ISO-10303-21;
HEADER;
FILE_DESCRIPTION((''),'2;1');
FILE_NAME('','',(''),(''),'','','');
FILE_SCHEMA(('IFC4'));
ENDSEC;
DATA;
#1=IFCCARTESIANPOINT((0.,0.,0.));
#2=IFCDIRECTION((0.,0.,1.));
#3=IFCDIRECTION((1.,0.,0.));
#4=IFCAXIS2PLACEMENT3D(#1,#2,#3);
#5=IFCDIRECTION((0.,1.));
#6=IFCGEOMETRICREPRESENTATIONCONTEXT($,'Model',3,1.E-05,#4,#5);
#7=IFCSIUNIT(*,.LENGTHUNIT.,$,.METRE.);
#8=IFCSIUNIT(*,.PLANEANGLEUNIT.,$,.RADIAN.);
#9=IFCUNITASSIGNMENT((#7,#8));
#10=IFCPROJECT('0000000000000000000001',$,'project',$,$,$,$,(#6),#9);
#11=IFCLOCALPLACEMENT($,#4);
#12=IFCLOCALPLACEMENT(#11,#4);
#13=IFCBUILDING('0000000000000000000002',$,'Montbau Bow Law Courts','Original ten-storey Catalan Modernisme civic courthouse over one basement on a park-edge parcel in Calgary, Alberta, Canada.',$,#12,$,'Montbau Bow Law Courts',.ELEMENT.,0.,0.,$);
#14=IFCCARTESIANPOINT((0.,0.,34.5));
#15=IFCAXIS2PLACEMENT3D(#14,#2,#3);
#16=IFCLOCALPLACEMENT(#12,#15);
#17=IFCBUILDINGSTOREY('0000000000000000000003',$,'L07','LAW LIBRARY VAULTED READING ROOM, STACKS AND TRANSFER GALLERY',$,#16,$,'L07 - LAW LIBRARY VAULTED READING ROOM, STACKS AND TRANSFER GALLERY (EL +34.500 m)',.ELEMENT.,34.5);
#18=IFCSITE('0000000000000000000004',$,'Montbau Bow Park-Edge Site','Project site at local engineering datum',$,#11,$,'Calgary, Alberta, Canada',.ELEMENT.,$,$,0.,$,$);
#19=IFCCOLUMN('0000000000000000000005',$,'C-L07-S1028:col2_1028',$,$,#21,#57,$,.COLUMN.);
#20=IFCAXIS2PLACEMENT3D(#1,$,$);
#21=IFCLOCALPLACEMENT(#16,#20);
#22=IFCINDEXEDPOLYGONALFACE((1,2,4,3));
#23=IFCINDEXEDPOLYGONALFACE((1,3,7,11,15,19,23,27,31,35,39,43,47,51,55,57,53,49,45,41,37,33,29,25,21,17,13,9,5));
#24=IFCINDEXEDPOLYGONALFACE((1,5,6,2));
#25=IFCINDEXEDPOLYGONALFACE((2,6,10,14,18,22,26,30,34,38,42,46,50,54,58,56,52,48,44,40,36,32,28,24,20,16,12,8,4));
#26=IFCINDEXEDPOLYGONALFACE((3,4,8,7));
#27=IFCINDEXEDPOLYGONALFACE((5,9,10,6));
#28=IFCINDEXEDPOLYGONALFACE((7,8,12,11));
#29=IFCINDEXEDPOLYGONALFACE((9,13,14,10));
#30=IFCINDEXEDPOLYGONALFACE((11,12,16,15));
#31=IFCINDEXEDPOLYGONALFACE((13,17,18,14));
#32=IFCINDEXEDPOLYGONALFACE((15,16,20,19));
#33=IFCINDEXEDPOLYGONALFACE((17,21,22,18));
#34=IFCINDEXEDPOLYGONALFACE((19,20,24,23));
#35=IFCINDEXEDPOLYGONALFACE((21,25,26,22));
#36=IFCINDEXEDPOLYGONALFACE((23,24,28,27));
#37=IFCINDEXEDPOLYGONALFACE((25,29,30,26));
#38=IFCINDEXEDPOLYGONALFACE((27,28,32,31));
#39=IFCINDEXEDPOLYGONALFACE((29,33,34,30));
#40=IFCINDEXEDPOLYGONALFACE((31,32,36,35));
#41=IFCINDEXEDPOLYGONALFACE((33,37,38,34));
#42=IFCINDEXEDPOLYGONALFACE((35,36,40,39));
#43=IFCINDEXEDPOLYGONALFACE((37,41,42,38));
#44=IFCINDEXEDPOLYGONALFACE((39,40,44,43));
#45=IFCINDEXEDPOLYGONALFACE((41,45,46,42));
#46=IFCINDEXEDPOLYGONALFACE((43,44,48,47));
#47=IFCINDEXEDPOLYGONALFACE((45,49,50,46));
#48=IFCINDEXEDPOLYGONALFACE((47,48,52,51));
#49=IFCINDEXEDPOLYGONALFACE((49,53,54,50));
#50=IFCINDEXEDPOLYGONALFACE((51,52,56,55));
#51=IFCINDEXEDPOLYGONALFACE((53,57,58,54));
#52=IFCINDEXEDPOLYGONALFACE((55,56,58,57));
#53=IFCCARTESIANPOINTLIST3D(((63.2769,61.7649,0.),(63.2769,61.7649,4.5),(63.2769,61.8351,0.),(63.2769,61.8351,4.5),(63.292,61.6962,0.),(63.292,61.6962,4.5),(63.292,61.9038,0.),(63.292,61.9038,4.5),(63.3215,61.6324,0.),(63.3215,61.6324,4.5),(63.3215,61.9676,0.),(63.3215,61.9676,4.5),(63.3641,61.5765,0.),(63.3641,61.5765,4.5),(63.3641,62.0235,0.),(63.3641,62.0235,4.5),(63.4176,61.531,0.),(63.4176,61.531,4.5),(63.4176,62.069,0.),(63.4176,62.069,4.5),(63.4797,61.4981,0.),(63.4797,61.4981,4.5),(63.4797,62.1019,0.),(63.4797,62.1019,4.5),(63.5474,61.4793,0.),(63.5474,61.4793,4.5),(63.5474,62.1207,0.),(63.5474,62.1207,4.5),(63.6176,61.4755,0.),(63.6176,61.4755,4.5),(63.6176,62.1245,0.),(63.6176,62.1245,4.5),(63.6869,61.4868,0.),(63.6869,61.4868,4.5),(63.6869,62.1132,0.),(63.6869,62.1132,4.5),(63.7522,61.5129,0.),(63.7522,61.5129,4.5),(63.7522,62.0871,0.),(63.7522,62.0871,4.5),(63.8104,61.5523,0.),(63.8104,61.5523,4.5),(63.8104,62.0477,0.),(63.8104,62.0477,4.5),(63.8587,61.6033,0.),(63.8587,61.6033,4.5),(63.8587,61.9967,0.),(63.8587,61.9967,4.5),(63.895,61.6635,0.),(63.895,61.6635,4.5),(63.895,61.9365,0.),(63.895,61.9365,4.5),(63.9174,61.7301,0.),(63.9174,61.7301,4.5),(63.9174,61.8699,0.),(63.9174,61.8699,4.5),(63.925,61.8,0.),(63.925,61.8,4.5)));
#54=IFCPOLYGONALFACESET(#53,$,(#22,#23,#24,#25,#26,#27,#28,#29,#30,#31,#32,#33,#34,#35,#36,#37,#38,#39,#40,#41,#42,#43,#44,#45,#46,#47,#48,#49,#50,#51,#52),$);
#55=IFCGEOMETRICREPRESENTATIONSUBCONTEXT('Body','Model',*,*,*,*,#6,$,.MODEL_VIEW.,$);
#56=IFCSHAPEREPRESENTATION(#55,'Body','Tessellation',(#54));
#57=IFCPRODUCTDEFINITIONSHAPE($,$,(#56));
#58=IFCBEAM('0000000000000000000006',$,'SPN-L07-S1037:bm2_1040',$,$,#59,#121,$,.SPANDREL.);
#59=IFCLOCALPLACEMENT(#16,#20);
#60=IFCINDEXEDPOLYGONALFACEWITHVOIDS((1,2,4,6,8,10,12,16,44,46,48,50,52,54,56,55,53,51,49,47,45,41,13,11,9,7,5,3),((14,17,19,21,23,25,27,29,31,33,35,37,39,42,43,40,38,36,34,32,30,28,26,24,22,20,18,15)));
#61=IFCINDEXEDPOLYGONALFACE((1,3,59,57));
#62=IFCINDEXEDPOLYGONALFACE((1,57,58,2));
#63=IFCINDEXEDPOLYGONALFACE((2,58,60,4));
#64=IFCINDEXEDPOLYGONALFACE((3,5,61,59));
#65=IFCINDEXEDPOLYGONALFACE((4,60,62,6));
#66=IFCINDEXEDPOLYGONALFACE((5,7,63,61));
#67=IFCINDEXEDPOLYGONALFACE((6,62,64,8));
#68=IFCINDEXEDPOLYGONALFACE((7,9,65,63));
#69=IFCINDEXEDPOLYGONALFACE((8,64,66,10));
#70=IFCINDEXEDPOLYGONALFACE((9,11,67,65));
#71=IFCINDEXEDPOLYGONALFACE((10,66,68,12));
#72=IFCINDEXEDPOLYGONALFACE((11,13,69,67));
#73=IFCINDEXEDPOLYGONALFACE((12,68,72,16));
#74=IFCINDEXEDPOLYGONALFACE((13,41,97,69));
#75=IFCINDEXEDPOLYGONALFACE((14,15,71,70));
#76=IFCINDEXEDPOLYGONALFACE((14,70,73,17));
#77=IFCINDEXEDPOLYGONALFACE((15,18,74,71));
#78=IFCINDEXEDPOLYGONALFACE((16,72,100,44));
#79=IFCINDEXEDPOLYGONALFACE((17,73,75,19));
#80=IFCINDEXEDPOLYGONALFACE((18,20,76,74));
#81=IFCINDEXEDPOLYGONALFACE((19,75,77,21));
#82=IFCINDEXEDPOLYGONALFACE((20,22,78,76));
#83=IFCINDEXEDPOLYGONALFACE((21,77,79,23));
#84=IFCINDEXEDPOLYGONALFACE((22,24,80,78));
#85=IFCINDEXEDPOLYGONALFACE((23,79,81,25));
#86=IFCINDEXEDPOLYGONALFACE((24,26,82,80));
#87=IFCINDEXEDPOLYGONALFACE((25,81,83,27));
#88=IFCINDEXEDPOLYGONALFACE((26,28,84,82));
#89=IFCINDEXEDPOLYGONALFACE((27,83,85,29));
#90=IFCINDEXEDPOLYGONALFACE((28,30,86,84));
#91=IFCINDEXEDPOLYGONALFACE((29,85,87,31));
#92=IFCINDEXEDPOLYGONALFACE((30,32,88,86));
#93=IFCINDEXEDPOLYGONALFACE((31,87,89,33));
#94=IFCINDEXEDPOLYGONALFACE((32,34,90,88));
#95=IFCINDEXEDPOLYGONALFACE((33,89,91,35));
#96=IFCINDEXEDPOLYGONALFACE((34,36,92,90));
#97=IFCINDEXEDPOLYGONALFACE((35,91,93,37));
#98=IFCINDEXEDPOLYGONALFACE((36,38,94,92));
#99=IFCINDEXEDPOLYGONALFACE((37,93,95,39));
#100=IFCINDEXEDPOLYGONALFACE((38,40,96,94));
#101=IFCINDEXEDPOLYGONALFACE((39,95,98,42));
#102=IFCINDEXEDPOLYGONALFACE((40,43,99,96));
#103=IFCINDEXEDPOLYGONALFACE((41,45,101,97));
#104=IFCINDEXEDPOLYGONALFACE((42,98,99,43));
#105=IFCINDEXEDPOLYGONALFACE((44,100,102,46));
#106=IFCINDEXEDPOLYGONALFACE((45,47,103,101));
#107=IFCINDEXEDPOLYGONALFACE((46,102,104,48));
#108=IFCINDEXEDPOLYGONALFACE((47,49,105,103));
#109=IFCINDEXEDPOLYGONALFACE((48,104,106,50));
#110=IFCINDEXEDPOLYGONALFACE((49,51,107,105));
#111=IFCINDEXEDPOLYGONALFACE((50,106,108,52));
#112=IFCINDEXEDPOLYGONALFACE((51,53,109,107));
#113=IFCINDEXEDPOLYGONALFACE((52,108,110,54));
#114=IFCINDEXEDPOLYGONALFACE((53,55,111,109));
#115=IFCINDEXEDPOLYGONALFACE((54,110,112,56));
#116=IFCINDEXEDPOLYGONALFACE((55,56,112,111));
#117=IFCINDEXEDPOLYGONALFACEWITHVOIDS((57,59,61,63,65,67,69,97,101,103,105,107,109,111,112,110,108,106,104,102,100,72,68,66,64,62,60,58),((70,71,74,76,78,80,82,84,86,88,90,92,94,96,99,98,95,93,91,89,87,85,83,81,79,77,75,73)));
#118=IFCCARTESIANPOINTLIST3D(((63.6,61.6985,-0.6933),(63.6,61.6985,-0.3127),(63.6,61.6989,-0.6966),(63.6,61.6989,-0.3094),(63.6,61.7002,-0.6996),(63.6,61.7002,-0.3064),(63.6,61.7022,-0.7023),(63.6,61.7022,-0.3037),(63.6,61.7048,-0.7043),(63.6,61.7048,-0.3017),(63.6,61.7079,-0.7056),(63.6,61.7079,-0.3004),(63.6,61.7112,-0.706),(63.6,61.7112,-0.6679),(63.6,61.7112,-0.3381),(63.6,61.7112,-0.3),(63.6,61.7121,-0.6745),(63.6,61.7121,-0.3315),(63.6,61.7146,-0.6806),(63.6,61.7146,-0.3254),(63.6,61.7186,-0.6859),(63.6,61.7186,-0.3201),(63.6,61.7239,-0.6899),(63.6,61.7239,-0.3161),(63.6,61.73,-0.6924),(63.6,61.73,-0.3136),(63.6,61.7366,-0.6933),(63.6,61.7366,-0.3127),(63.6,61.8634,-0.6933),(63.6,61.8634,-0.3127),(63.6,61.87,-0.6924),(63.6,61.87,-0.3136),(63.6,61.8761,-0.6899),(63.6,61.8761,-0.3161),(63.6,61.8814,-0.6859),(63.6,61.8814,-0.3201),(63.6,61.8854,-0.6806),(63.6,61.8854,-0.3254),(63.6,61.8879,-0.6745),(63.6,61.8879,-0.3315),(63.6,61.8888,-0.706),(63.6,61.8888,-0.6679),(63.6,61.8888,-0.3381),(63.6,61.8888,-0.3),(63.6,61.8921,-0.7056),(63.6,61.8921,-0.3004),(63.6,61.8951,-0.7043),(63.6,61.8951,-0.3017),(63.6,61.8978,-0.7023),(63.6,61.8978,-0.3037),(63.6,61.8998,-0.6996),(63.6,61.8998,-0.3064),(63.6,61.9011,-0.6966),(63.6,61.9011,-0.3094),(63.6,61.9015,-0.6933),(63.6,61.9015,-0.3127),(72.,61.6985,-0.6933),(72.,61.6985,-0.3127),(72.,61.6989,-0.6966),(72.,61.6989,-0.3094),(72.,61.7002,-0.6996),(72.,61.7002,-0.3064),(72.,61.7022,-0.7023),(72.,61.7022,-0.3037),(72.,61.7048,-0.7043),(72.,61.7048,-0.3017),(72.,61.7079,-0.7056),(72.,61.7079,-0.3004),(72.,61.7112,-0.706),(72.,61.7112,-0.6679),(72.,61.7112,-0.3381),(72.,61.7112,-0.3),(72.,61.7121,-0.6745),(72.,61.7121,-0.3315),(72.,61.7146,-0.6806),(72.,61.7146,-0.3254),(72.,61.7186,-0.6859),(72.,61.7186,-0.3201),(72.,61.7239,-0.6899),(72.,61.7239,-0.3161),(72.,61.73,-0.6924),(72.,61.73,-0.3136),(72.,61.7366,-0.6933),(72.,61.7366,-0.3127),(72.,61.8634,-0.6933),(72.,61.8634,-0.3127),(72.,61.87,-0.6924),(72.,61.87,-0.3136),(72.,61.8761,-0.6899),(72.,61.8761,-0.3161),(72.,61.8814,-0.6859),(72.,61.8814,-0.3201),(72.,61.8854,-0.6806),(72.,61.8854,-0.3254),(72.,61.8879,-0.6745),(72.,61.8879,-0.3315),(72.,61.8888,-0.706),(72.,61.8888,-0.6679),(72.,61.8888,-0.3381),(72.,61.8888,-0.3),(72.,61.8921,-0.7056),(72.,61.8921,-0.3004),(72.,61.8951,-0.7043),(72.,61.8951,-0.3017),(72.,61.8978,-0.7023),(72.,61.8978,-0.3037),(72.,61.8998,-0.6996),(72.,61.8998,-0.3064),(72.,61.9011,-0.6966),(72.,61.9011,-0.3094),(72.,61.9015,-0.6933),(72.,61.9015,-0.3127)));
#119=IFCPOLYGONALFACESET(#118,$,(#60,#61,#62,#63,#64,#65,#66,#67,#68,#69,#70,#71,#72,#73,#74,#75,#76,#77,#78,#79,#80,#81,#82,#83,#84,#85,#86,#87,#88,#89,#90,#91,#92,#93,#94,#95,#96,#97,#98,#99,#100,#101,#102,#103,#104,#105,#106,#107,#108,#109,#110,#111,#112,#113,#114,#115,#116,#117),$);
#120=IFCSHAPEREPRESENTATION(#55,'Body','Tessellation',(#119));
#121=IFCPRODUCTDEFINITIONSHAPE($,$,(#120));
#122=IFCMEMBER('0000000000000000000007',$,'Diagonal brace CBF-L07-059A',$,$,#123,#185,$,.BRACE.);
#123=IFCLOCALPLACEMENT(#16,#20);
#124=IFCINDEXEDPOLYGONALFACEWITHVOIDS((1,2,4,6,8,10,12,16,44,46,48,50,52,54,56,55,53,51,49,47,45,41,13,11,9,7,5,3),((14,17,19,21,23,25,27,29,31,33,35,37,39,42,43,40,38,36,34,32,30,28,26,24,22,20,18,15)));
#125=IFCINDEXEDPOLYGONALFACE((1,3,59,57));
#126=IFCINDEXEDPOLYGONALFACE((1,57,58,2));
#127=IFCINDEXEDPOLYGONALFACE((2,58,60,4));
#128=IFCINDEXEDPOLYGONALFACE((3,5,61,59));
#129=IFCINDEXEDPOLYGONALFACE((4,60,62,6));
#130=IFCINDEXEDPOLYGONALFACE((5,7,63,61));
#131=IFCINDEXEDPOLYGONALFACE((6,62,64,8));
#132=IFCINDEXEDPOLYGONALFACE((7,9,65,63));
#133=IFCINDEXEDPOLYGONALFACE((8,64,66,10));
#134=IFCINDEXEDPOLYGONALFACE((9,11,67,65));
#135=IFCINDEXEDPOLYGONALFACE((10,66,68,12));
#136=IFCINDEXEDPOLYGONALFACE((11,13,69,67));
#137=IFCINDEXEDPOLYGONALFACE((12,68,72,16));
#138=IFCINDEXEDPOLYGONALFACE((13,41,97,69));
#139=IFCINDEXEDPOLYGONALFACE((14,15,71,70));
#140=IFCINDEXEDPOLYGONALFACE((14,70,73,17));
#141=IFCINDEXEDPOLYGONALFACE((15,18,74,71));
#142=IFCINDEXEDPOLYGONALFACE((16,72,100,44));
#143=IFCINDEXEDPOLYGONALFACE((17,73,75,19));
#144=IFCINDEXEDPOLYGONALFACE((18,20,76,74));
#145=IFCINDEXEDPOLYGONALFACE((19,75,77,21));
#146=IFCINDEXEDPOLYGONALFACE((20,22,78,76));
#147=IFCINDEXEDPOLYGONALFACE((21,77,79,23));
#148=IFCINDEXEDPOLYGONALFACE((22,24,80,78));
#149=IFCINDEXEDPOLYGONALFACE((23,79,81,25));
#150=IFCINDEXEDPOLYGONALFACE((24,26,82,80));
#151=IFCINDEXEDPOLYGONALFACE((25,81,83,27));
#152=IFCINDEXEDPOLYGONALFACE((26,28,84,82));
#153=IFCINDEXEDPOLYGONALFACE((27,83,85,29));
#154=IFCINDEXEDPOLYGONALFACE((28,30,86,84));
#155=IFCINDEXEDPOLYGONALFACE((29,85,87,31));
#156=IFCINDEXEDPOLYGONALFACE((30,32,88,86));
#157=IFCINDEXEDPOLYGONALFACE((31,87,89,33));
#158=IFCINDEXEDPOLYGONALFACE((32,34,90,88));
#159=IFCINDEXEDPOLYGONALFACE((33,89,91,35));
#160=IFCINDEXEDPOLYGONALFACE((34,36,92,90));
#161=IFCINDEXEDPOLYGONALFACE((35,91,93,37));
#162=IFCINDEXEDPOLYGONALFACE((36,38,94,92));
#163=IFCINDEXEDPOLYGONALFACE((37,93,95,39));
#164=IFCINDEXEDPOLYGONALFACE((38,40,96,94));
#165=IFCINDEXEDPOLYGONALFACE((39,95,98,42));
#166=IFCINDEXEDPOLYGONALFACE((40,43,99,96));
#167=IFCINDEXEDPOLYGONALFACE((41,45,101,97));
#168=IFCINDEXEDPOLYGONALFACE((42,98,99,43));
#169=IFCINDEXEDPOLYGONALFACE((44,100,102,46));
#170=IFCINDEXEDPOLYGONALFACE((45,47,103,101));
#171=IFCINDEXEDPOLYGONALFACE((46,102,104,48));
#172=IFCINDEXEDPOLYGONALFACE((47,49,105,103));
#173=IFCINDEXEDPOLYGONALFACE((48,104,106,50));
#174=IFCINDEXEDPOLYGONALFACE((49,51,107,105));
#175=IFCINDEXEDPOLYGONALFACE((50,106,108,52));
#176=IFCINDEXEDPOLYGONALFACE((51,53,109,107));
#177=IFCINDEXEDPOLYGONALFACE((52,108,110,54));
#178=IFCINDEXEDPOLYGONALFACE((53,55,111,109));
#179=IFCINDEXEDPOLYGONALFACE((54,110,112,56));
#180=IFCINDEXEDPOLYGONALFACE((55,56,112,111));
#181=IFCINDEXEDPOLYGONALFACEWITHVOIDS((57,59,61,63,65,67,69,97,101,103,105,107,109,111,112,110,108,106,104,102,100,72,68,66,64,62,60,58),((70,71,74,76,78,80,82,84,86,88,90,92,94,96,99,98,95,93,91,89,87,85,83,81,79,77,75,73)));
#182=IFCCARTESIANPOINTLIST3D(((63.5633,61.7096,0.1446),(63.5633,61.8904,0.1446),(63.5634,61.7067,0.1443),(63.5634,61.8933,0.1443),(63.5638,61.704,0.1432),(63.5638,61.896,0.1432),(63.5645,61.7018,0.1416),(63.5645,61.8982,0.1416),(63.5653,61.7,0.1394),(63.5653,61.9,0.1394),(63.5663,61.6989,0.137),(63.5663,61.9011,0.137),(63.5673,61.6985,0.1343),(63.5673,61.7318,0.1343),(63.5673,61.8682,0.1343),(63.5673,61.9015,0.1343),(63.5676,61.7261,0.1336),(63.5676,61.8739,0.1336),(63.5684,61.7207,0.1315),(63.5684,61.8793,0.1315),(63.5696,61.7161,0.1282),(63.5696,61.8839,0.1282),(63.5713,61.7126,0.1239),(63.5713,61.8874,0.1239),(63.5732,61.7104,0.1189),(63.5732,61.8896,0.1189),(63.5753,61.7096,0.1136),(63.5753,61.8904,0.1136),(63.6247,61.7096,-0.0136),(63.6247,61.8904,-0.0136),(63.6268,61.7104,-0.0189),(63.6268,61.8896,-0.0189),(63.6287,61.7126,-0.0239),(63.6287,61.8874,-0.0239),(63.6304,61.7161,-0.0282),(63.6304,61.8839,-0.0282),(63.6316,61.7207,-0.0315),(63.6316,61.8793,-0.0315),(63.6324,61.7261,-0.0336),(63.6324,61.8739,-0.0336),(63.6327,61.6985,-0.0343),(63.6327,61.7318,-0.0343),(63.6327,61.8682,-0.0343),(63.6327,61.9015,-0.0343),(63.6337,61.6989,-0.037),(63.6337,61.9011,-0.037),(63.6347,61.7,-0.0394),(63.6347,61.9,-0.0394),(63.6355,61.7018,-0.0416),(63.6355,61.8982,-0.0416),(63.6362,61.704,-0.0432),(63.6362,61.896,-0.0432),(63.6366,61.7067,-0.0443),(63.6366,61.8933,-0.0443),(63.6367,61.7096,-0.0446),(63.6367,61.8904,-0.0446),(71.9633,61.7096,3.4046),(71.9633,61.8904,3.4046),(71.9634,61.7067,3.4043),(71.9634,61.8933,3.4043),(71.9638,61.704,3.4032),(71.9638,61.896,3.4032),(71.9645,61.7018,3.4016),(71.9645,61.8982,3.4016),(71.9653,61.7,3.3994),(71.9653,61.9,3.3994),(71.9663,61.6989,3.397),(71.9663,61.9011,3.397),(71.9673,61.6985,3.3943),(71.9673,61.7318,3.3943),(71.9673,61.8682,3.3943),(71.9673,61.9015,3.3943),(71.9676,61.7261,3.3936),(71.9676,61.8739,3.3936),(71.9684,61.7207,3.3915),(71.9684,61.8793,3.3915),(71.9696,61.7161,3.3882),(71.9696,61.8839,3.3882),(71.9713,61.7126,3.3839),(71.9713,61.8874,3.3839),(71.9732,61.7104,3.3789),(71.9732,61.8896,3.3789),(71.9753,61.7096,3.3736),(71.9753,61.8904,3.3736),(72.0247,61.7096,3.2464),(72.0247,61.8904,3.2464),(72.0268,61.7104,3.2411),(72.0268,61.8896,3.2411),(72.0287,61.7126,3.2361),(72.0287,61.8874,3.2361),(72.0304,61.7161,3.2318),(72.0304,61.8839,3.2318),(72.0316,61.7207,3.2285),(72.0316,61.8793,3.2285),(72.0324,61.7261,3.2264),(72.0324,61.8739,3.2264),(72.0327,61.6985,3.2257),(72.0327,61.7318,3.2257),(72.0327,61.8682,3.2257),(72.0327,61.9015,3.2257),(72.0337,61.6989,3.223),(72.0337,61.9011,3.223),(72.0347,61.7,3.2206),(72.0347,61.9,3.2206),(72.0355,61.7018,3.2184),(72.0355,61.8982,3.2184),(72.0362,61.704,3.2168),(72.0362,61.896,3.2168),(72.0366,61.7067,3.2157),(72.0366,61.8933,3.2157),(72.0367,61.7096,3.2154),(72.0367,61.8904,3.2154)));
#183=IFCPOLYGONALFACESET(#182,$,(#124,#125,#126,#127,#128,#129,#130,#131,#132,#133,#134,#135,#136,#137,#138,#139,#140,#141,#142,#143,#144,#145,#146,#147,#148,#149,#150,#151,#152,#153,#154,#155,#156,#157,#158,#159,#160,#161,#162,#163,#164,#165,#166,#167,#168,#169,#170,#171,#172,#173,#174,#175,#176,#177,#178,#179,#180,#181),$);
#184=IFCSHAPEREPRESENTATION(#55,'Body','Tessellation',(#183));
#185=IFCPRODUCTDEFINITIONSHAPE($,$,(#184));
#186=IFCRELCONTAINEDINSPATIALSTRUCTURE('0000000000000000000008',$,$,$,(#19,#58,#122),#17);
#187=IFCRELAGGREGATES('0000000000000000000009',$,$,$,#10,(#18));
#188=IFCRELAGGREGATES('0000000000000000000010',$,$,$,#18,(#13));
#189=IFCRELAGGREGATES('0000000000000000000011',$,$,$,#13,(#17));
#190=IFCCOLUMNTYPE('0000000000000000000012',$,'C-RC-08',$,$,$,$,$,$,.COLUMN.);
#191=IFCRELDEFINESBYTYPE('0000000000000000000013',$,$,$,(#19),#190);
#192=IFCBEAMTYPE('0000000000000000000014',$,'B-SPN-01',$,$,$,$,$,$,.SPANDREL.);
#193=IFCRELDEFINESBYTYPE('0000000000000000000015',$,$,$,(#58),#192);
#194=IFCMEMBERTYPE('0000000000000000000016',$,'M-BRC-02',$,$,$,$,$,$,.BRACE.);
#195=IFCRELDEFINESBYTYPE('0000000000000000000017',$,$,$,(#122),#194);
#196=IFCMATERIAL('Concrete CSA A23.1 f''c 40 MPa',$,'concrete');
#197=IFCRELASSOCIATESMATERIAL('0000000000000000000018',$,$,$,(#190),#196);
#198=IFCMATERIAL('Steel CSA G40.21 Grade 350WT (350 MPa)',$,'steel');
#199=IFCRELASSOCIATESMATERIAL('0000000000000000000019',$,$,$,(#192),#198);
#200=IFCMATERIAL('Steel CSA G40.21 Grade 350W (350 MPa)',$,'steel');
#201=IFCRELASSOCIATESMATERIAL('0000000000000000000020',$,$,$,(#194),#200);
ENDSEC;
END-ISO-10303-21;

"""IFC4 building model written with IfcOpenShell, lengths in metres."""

from ifc_helpers import new_model, si_unit, direction, frame, origin_with_axes, origin_2d_with_axis, place, context, subcontext, project, spatial, hollow_rectangle, circle, extrude, material, material_profile, profile_set, type_object, element, save


model = new_model("IFC4")

# Units and contexts
model_context = context("Model", 3, precision=1e-05, world=origin_with_axes(), true_north=direction((0.0, 1.0)))
body_context = subcontext(model_context, "Body", "Model", "MODEL_VIEW")
ifc_project = project(units=[si_unit("LENGTHUNIT", "METRE"), si_unit("PLANEANGLEUNIT", "RADIAN")], contexts=[model_context])

# Site, building, storey
site_placement = place(None, origin_with_axes())
site = spatial("IfcSite", under=ifc_project, at=site_placement, Name="Montbau Bow Park-Edge Site", Description="Project site at local engineering datum", LongName="Calgary, Alberta, Canada", CompositionType="ELEMENT", RefElevation=0.0)
building_placement = place(site_placement, origin_with_axes())
building = spatial("IfcBuilding", under=site, at=building_placement, Name="Montbau Bow Law Courts", Description="Original ten-storey Catalan Modernisme civic courthouse over one basement on a park-edge parcel in Calgary, Alberta, Canada.", LongName="Montbau Bow Law Courts", CompositionType="ELEMENT", ElevationOfRefHeight=0.0, ElevationOfTerrain=0.0)
storey_placement = place(building_placement, frame((0.0, 0.0, 34.5), z_axis=(0.0, 0.0, 1.0), x_axis=(1.0, 0.0, 0.0)))
storey = spatial("IfcBuildingStorey", under=building, at=storey_placement, Name="L07", Description="LAW LIBRARY VAULTED READING ROOM, STACKS AND TRANSFER GALLERY", LongName="L07 - LAW LIBRARY VAULTED READING ROOM, STACKS AND TRANSFER GALLERY (EL +34.500 m)", CompositionType="ELEMENT", Elevation=34.5)

# Column
ifc_material_1 = material(Name="Concrete CSA A23.1 f'c 40 MPa", Category="concrete")
ifc_material_profile_1 = material_profile(ifc_material_1, circle(Radius=0.325, at=origin_2d_with_axis()), Name="RC650D", Category="Main", Priority=0)
ifc_profile_set_1 = profile_set([ifc_material_profile_1], Name="Concrete CSA A23.1 f'c 40 MPa")
column_type = type_object("IfcColumnType", Name="C-RC-08", PredefinedType="COLUMN", material=ifc_profile_set_1)
column_placement = place(None, frame((63.6, 61.8, 34.5), z_axis=(0.0, 0.0, 1.0), x_axis=(1.0, 0.0, 0.0)))
element("IfcColumn", 1, at=column_placement, inside=storey, type_object=column_type, Name="C-L07-S1028:col2_1028", PredefinedType="COLUMN", context=body_context, shape_type="SweptSolid", body=[
    extrude(circle(Radius=0.325, at=origin_2d_with_axis()), origin_with_axes(), (0.0, 0.0, 1.0), 4.5),
])

# Beam
ifc_material_2 = material(Name="Steel CSA G40.21 Grade 350WT (350 MPa)", Category="steel")
ifc_material_profile_2 = material_profile(ifc_material_2, hollow_rectangle(XDim=0.203, YDim=0.406, WallThickness=0.0127, InnerFilletRadius=0.0254, OuterFilletRadius=0.0127, at=origin_2d_with_axis()), Name="HSS406X203X13", Category="Main", Priority=0)
ifc_profile_set_2 = profile_set([ifc_material_profile_2], Name="Steel CSA G40.21 Grade 350WT (350 MPa)")
beam_type = type_object("IfcBeamType", Name="B-SPN-01", PredefinedType="SPANDREL", material=ifc_profile_set_2)
beam_placement = place(None, frame((63.6, 61.8, 33.997), z_axis=(1.0, 0.0, 0.0), x_axis=(0.0, 1.0, 0.0)))
element("IfcBeam", 2, at=beam_placement, inside=storey, type_object=beam_type, Name="SPN-L07-S1037:bm2_1040", PredefinedType="SPANDREL", context=body_context, shape_type="SweptSolid", body=[
    extrude(hollow_rectangle(XDim=0.203, YDim=0.406, WallThickness=0.0127, InnerFilletRadius=0.0254, OuterFilletRadius=0.0127, at=origin_2d_with_axis()), origin_with_axes(), (0.0, 0.0, 1.0), 8.4),
])

# Member
ifc_material_3 = material(Name="Steel CSA G40.21 Grade 350W (350 MPa)", Category="steel")
ifc_material_profile_3 = material_profile(ifc_material_3, hollow_rectangle(XDim=0.203, YDim=0.203, WallThickness=0.0111, InnerFilletRadius=0.0222, OuterFilletRadius=0.0111, at=origin_2d_with_axis()), Name="HSS203X203X11", Category="Main", Priority=0)
ifc_profile_set_3 = profile_set([ifc_material_profile_3], Name="Steel CSA G40.21 Grade 350W (350 MPa)")
member_type_1 = type_object("IfcMemberType", Name="M-BRC-02", PredefinedType="BRACE", material=ifc_profile_set_3)
member_1_placement = place(None, frame((63.6, 61.8, 34.55), z_axis=(0.932254, 0.0, 0.361803), x_axis=(0.0, 1.0, 0.0)))
element("IfcMember", 3, at=member_1_placement, inside=storey, type_object=member_type_1, Name="Diagonal brace CBF-L07-059A", PredefinedType="BRACE", context=body_context, shape_type="SweptSolid", body=[
    extrude(hollow_rectangle(XDim=0.203, YDim=0.203, WallThickness=0.0111, InnerFilletRadius=0.0222, OuterFilletRadius=0.0111, at=origin_2d_with_axis()), origin_with_axes(), (0.0, 0.0, 1.0), 9.0104),
])

save(model, "model.ifc")
